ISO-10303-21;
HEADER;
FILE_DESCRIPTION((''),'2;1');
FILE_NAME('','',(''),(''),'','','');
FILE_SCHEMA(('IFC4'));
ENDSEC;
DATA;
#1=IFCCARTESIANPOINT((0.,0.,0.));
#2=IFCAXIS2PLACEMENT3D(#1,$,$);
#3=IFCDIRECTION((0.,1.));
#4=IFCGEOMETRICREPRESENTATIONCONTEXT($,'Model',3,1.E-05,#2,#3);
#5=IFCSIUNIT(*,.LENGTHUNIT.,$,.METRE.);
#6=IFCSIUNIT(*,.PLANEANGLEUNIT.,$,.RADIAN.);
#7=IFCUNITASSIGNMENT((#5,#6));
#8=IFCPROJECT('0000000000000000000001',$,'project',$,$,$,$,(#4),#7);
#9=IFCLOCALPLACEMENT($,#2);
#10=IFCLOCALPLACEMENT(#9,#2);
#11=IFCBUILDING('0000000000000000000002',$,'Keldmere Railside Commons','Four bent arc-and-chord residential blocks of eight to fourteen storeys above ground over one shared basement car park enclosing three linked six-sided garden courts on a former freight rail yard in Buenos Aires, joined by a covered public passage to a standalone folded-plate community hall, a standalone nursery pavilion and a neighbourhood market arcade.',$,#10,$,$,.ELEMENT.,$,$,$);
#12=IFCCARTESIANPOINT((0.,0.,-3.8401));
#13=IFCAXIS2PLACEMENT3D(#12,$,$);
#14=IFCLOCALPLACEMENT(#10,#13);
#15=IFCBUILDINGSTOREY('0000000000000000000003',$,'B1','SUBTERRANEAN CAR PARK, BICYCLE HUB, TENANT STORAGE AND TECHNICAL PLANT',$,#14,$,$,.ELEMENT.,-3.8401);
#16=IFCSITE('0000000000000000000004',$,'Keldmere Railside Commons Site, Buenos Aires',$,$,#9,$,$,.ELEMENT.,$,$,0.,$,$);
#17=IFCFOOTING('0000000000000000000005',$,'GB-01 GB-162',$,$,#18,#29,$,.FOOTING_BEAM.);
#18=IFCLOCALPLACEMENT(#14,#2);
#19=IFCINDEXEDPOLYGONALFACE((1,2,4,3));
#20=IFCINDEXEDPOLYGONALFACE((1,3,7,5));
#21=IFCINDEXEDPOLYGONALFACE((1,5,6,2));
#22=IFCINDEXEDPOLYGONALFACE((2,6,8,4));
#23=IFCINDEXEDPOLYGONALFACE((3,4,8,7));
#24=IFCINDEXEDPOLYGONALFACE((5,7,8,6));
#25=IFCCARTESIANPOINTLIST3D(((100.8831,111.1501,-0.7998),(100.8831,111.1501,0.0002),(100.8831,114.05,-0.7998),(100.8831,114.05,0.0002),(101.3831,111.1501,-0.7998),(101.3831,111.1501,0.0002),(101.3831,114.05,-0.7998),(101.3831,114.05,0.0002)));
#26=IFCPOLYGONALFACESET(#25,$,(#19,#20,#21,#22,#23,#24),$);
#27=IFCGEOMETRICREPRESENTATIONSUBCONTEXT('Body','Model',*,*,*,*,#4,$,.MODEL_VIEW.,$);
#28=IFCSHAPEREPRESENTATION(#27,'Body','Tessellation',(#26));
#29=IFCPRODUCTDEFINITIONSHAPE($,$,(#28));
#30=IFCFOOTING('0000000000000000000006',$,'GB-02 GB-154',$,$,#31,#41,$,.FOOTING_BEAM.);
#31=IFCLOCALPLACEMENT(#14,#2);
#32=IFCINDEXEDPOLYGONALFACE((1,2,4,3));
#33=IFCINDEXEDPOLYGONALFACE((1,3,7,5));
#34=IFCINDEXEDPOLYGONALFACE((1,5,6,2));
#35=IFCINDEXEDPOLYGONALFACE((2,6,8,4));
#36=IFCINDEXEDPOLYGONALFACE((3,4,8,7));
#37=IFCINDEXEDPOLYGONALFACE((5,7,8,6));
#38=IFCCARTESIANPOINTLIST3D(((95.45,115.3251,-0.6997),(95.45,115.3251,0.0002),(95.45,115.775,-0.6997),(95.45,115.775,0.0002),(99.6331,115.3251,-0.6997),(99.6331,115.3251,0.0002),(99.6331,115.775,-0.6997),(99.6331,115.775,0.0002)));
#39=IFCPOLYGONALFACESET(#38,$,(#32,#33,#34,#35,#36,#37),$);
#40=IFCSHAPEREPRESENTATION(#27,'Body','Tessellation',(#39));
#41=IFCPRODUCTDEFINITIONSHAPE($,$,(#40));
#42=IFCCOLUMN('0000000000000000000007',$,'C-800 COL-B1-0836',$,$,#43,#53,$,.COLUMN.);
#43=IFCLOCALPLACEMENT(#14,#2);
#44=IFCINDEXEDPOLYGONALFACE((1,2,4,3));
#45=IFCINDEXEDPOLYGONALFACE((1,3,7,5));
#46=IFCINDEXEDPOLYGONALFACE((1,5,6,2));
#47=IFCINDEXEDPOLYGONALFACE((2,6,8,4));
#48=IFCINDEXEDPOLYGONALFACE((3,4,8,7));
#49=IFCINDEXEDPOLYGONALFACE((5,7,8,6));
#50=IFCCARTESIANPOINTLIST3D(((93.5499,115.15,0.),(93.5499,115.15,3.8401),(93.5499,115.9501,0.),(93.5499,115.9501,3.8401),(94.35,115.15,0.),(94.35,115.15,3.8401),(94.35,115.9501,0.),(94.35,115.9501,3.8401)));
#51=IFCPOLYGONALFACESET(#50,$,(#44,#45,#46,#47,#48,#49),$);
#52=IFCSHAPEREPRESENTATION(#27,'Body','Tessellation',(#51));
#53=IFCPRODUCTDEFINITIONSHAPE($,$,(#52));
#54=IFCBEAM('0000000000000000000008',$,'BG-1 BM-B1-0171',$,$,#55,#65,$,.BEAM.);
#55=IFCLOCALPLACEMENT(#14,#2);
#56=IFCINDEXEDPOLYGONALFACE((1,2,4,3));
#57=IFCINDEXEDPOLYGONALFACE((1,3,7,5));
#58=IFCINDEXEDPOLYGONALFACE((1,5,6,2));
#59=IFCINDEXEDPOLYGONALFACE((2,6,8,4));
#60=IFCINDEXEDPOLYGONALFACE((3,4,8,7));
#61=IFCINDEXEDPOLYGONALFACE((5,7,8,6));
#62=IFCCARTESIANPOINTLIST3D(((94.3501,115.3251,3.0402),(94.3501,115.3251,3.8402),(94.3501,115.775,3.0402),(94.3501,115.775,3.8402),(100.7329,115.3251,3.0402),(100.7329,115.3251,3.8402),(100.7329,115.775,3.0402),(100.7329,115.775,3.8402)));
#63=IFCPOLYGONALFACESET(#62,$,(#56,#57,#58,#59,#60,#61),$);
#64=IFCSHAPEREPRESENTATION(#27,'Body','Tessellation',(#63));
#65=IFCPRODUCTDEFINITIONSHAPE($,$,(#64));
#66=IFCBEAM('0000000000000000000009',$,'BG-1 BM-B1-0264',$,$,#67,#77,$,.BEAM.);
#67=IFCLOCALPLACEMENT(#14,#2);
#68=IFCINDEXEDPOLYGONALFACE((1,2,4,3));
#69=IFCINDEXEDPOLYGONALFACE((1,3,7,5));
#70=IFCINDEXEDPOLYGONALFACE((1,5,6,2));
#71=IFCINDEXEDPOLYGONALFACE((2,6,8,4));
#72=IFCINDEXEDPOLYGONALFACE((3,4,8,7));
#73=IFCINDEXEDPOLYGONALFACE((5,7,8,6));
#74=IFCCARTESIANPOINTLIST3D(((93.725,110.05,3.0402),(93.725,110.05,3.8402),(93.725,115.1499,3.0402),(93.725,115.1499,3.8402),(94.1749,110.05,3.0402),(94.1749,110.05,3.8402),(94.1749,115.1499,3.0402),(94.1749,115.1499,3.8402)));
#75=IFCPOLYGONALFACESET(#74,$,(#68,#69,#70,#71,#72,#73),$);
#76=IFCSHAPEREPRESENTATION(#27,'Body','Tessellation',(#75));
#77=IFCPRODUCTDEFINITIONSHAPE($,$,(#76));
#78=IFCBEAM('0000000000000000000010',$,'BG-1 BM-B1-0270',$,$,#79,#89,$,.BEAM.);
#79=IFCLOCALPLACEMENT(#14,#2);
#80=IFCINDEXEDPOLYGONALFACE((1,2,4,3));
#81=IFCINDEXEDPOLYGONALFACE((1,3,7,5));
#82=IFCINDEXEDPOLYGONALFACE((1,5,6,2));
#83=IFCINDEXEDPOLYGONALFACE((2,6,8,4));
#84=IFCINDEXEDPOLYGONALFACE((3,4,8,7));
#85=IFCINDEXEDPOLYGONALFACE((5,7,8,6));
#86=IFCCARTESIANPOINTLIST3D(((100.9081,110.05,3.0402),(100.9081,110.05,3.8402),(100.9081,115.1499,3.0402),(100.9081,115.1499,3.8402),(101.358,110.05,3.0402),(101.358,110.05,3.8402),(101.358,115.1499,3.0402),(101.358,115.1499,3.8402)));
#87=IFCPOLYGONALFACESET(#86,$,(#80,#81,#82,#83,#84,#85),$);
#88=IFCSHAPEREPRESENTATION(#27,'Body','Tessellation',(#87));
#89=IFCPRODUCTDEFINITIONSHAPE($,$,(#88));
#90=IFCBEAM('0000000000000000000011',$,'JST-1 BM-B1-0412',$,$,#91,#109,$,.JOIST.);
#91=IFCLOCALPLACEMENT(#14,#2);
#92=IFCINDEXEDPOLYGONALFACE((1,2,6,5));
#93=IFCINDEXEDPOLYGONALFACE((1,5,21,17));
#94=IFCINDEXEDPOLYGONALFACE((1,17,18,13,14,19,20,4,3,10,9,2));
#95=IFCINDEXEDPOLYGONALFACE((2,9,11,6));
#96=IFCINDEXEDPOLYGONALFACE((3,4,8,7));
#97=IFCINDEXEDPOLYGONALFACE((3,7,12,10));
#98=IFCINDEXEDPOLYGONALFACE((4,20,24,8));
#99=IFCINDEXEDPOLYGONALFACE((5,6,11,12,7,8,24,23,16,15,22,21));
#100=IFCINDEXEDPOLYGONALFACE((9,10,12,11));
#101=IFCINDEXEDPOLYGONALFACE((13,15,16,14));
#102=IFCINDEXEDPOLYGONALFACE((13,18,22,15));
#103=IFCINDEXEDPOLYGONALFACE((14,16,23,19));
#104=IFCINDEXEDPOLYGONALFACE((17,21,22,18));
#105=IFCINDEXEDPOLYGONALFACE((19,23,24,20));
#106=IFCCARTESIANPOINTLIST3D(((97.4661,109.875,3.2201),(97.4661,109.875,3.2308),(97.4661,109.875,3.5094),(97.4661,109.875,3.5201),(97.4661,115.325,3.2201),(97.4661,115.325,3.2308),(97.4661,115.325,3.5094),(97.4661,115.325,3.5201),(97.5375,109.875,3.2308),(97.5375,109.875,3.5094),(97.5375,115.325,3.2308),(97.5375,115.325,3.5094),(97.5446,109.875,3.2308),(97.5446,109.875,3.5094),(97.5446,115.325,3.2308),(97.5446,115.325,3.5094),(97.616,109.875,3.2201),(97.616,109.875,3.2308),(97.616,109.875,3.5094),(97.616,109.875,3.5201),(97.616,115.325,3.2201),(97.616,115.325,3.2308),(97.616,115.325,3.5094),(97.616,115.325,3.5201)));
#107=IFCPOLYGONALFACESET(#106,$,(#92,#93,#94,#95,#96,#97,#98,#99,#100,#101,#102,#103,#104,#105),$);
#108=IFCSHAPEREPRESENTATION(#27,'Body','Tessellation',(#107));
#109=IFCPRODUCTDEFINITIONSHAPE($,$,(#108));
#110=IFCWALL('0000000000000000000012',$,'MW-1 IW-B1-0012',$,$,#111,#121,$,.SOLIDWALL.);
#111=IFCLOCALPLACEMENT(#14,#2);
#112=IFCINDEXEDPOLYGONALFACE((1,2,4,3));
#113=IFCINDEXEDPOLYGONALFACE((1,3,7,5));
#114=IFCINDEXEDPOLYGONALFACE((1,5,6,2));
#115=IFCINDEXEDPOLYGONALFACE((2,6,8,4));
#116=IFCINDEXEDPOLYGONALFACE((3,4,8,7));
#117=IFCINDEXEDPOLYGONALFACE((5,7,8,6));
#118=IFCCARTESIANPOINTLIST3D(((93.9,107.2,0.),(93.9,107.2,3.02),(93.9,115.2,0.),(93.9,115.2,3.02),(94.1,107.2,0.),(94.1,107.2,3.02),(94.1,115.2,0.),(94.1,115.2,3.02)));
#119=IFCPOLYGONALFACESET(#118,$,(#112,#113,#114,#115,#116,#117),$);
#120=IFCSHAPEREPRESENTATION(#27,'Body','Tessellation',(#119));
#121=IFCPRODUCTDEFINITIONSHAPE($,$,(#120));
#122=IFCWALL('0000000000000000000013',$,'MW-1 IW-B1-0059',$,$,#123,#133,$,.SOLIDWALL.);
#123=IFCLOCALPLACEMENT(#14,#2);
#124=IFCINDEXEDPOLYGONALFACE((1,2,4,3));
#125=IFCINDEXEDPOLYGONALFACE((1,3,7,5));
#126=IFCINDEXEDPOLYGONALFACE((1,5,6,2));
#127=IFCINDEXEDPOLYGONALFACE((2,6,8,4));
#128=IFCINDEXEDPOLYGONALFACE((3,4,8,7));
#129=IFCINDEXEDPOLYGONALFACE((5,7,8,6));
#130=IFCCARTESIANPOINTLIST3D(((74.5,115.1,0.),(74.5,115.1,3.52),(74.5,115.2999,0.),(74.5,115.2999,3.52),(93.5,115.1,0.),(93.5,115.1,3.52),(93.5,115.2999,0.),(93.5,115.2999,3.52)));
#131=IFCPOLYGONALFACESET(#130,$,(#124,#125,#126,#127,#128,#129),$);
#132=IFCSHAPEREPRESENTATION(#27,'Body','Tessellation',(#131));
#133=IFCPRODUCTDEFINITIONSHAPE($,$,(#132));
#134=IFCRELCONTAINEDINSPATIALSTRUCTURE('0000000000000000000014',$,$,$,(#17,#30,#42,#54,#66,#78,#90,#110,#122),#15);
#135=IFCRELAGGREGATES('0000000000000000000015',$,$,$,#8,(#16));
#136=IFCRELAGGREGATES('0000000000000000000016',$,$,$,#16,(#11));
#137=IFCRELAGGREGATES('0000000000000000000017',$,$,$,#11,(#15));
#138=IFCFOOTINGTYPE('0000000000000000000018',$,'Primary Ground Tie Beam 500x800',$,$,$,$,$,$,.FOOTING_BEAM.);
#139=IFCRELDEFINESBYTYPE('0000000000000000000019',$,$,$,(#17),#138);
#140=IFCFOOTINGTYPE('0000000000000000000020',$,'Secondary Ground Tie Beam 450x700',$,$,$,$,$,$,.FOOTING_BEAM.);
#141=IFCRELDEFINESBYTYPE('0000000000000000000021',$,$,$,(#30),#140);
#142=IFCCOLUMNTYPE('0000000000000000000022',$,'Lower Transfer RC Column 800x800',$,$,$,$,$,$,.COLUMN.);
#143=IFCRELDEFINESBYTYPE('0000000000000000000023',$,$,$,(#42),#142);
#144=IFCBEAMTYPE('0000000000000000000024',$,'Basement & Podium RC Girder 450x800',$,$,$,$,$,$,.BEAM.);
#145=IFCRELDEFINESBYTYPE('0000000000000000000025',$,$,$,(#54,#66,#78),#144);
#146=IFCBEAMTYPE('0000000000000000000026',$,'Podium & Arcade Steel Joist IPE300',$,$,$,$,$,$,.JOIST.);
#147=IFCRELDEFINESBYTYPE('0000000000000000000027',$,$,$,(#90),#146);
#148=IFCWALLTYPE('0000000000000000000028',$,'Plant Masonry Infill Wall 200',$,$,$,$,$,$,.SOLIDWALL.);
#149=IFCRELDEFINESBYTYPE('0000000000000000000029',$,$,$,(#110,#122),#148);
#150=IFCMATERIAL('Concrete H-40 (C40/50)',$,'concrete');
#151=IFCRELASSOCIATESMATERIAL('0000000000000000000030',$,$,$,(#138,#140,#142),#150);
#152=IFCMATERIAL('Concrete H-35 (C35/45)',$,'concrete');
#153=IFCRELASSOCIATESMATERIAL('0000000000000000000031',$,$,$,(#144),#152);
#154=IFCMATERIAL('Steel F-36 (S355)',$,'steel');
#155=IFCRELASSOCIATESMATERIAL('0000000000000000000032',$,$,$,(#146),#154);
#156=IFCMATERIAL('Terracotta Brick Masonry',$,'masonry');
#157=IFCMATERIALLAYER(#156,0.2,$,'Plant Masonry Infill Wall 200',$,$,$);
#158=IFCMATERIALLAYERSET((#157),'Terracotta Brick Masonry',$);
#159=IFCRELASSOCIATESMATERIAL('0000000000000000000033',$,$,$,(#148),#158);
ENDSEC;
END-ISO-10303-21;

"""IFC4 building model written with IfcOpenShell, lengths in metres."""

from ifc_helpers import new_model, si_unit, direction, frame, frame_2d, origin, origin_2d, place, context, subcontext, project, spatial, rectangle, i_section, extrude, material, layer, layer_set, material_profile, profile_set, type_object, element, save


model = new_model("IFC4")

# Units and contexts
model_context = context("Model", 3, precision=1e-05, world=origin(), true_north=direction((0.0, 1.0)))
body_context = subcontext(model_context, "Body", "Model", "MODEL_VIEW")
ifc_project = project(units=[si_unit("LENGTHUNIT", "METRE"), si_unit("PLANEANGLEUNIT", "RADIAN")], contexts=[model_context])

# Site, building, storey
site_placement = place(None, origin())
site = spatial("IfcSite", under=ifc_project, at=site_placement, Name="Keldmere Railside Commons Site, Buenos Aires", CompositionType="ELEMENT", RefElevation=0.0)
building_placement = place(site_placement, origin())
building = spatial("IfcBuilding", under=site, at=building_placement, Name="Keldmere Railside Commons", Description="Four bent arc-and-chord residential blocks of eight to fourteen storeys above ground over one shared basement car park enclosing three linked six-sided garden courts on a former freight rail yard in Buenos Aires, joined by a covered public passage to a standalone folded-plate community hall, a standalone nursery pavilion and a neighbourhood market arcade.", CompositionType="ELEMENT")
storey_placement = place(building_placement, frame((0.0, 0.0, -3.8401)))
storey = spatial("IfcBuildingStorey", under=building, at=storey_placement, Name="B1", Description="SUBTERRANEAN CAR PARK, BICYCLE HUB, TENANT STORAGE AND TECHNICAL PLANT", CompositionType="ELEMENT", Elevation=-3.8401)

# Footings
ifc_material_1 = material(Name="Concrete H-40 (C40/50)", Category="concrete")
footing_type_1 = type_object("IfcFootingType", Name="Primary Ground Tie Beam 500x800", PredefinedType="FOOTING_BEAM", material=ifc_material_1)
footing_1_placement = place(storey_placement, frame((101.1331, 112.6001, -0.7998), z_axis=(0.0, 0.0, 1.0), x_axis=(0.0, 1.0, 0.0)))
element("IfcFooting", 1, at=footing_1_placement, inside=storey, type_object=footing_type_1, Name="GB-01 GB-162", PredefinedType="FOOTING_BEAM", context=body_context, shape_type="SweptSolid", body=[
    extrude(rectangle(XDim=2.8999, YDim=0.5, at=origin_2d()), origin(), (0.0, 0.0, 1.0), 0.8),
])
footing_type_2 = type_object("IfcFootingType", Name="Secondary Ground Tie Beam 450x700", PredefinedType="FOOTING_BEAM", material=ifc_material_1)
footing_2_placement = place(storey_placement, frame((97.5415, 115.55, -0.6997), z_axis=(0.0, 0.0, 1.0), x_axis=(1.0, 0.0, 0.0)))
element("IfcFooting", 2, at=footing_2_placement, inside=storey, type_object=footing_type_2, Name="GB-02 GB-154", PredefinedType="FOOTING_BEAM", context=body_context, shape_type="SweptSolid", body=[
    extrude(rectangle(XDim=4.1831, YDim=0.45, at=origin_2d()), origin(), (0.0, 0.0, 1.0), 0.7),
])

# Column
ifc_material_profile_1 = material_profile(ifc_material_1, rectangle(XDim=0.8, YDim=0.8, at=origin_2d()), Name="RC-800x800")
ifc_profile_set_1 = profile_set([ifc_material_profile_1], Name="Concrete H-40 (C40/50)")
column_type = type_object("IfcColumnType", Name="Lower Transfer RC Column 800x800", PredefinedType="COLUMN", material=ifc_profile_set_1)
column_placement = place(storey_placement, frame((93.95, 115.55, 0.0), z_axis=(0.0, 0.0, 1.0), x_axis=(1.0, 0.0, 0.0)))
element("IfcColumn", 3, at=column_placement, inside=storey, type_object=column_type, Name="C-800 COL-B1-0836", PredefinedType="COLUMN", context=body_context, shape_type="SweptSolid", body=[
    extrude(rectangle(XDim=0.8, YDim=0.8, at=origin_2d()), origin(), (0.0, 0.0, 1.0), 3.8401),
])

# Beams
ifc_material_2 = material(Name="Concrete H-35 (C35/45)", Category="concrete")
ifc_material_profile_2 = material_profile(ifc_material_2, rectangle(XDim=0.45, YDim=0.8, at=origin_2d()), Name="RC-450x800")
ifc_profile_set_2 = profile_set([ifc_material_profile_2], Name="Concrete H-35 (C35/45)")
beam_type_1 = type_object("IfcBeamType", Name="Basement & Podium RC Girder 450x800", PredefinedType="BEAM", material=ifc_profile_set_2)
beam_1_placement = place(storey_placement, frame((94.3501, 115.55, 3.4402), z_axis=(1.0, 0.0, 0.0), x_axis=(0.0, 1.0, 0.0)))
element("IfcBeam", 4, at=beam_1_placement, inside=storey, type_object=beam_type_1, Name="BG-1 BM-B1-0171", PredefinedType="BEAM", context=body_context, shape_type="SweptSolid", body=[
    extrude(rectangle(XDim=0.45, YDim=0.8, at=origin_2d()), origin(), (0.0, 0.0, 1.0), 6.3828),
])
for number, where, z_axis, x_axis, name in (
    (5, (93.95, 110.05, 3.4402), (0.0, 1.0, 0.0), (-1.0, 0.0, 0.0), "BG-1 BM-B1-0264"),
    (6, (101.1331, 110.05, 3.4402), (0.0, 1.0, 0.0), (-1.0, 0.0, 0.0), "BG-1 BM-B1-0270"),
):
    element("IfcBeam", number, at=place(storey_placement, frame(where, z_axis=z_axis, x_axis=x_axis)), inside=storey, type_object=beam_type_1, Name=name, PredefinedType="BEAM", context=body_context, shape_type="SweptSolid", body=[
        extrude(rectangle(XDim=0.45, YDim=0.8, at=origin_2d()), origin(), (0.0, 0.0, 1.0), 5.0999),
    ])
ifc_material_3 = material(Name="Steel F-36 (S355)", Category="steel")
ifc_material_profile_3 = material_profile(ifc_material_3, i_section(OverallWidth=0.1499, OverallDepth=0.3, WebThickness=0.0071, FlangeThickness=0.0107, at=origin_2d()), Name="IPE-300")
ifc_profile_set_3 = profile_set([ifc_material_profile_3], Name="Steel F-36 (S355)")
beam_type_2 = type_object("IfcBeamType", Name="Podium & Arcade Steel Joist IPE300", PredefinedType="JOIST", material=ifc_profile_set_3)
beam_2_placement = place(storey_placement, frame((97.541, 109.875, 3.3701), z_axis=(0.0, 1.0, 0.0), x_axis=(-1.0, 0.0, 0.0)))
element("IfcBeam", 7, at=beam_2_placement, inside=storey, type_object=beam_type_2, Name="JST-1 BM-B1-0412", PredefinedType="JOIST", context=body_context, shape_type="SweptSolid", body=[
    extrude(i_section(OverallWidth=0.1499, OverallDepth=0.3, WebThickness=0.0071, FlangeThickness=0.0107, at=origin_2d()), origin(), (0.0, 0.0, 1.0), 5.45),
])

# Walls
ifc_material_4 = material(Name="Terracotta Brick Masonry", Category="masonry")
ifc_layer = layer(ifc_material_4, 0.2, Name="Plant Masonry Infill Wall 200")
ifc_layer_set = layer_set([ifc_layer], Name="Terracotta Brick Masonry")
wall_type = type_object("IfcWallType", Name="Plant Masonry Infill Wall 200", PredefinedType="SOLIDWALL", material=ifc_layer_set)
wall_1_placement = place(storey_placement, frame((94.0, 115.2, 0.0), z_axis=(0.0, 0.0, 1.0), x_axis=(0.0, -1.0, 0.0)))
element("IfcWall", 8, at=wall_1_placement, inside=storey, type_object=wall_type, Name="MW-1 IW-B1-0012", PredefinedType="SOLIDWALL", context=body_context, shape_type="SweptSolid", body=[
    extrude(rectangle(XDim=8.0, YDim=0.2, at=frame_2d((4.0, 0.0))), origin(), (0.0, 0.0, 1.0), 3.02),
])
wall_2_placement = place(storey_placement, frame((93.5, 115.2, 0.0), z_axis=(0.0, 0.0, 1.0), x_axis=(-1.0, 0.0, 0.0)))
element("IfcWall", 9, at=wall_2_placement, inside=storey, type_object=wall_type, Name="MW-1 IW-B1-0059", PredefinedType="SOLIDWALL", context=body_context, shape_type="SweptSolid", body=[
    extrude(rectangle(XDim=19.0, YDim=0.2, at=frame_2d((9.5, 0.0))), origin(), (0.0, 0.0, 1.0), 3.52),
])

save(model, "model.ifc")
